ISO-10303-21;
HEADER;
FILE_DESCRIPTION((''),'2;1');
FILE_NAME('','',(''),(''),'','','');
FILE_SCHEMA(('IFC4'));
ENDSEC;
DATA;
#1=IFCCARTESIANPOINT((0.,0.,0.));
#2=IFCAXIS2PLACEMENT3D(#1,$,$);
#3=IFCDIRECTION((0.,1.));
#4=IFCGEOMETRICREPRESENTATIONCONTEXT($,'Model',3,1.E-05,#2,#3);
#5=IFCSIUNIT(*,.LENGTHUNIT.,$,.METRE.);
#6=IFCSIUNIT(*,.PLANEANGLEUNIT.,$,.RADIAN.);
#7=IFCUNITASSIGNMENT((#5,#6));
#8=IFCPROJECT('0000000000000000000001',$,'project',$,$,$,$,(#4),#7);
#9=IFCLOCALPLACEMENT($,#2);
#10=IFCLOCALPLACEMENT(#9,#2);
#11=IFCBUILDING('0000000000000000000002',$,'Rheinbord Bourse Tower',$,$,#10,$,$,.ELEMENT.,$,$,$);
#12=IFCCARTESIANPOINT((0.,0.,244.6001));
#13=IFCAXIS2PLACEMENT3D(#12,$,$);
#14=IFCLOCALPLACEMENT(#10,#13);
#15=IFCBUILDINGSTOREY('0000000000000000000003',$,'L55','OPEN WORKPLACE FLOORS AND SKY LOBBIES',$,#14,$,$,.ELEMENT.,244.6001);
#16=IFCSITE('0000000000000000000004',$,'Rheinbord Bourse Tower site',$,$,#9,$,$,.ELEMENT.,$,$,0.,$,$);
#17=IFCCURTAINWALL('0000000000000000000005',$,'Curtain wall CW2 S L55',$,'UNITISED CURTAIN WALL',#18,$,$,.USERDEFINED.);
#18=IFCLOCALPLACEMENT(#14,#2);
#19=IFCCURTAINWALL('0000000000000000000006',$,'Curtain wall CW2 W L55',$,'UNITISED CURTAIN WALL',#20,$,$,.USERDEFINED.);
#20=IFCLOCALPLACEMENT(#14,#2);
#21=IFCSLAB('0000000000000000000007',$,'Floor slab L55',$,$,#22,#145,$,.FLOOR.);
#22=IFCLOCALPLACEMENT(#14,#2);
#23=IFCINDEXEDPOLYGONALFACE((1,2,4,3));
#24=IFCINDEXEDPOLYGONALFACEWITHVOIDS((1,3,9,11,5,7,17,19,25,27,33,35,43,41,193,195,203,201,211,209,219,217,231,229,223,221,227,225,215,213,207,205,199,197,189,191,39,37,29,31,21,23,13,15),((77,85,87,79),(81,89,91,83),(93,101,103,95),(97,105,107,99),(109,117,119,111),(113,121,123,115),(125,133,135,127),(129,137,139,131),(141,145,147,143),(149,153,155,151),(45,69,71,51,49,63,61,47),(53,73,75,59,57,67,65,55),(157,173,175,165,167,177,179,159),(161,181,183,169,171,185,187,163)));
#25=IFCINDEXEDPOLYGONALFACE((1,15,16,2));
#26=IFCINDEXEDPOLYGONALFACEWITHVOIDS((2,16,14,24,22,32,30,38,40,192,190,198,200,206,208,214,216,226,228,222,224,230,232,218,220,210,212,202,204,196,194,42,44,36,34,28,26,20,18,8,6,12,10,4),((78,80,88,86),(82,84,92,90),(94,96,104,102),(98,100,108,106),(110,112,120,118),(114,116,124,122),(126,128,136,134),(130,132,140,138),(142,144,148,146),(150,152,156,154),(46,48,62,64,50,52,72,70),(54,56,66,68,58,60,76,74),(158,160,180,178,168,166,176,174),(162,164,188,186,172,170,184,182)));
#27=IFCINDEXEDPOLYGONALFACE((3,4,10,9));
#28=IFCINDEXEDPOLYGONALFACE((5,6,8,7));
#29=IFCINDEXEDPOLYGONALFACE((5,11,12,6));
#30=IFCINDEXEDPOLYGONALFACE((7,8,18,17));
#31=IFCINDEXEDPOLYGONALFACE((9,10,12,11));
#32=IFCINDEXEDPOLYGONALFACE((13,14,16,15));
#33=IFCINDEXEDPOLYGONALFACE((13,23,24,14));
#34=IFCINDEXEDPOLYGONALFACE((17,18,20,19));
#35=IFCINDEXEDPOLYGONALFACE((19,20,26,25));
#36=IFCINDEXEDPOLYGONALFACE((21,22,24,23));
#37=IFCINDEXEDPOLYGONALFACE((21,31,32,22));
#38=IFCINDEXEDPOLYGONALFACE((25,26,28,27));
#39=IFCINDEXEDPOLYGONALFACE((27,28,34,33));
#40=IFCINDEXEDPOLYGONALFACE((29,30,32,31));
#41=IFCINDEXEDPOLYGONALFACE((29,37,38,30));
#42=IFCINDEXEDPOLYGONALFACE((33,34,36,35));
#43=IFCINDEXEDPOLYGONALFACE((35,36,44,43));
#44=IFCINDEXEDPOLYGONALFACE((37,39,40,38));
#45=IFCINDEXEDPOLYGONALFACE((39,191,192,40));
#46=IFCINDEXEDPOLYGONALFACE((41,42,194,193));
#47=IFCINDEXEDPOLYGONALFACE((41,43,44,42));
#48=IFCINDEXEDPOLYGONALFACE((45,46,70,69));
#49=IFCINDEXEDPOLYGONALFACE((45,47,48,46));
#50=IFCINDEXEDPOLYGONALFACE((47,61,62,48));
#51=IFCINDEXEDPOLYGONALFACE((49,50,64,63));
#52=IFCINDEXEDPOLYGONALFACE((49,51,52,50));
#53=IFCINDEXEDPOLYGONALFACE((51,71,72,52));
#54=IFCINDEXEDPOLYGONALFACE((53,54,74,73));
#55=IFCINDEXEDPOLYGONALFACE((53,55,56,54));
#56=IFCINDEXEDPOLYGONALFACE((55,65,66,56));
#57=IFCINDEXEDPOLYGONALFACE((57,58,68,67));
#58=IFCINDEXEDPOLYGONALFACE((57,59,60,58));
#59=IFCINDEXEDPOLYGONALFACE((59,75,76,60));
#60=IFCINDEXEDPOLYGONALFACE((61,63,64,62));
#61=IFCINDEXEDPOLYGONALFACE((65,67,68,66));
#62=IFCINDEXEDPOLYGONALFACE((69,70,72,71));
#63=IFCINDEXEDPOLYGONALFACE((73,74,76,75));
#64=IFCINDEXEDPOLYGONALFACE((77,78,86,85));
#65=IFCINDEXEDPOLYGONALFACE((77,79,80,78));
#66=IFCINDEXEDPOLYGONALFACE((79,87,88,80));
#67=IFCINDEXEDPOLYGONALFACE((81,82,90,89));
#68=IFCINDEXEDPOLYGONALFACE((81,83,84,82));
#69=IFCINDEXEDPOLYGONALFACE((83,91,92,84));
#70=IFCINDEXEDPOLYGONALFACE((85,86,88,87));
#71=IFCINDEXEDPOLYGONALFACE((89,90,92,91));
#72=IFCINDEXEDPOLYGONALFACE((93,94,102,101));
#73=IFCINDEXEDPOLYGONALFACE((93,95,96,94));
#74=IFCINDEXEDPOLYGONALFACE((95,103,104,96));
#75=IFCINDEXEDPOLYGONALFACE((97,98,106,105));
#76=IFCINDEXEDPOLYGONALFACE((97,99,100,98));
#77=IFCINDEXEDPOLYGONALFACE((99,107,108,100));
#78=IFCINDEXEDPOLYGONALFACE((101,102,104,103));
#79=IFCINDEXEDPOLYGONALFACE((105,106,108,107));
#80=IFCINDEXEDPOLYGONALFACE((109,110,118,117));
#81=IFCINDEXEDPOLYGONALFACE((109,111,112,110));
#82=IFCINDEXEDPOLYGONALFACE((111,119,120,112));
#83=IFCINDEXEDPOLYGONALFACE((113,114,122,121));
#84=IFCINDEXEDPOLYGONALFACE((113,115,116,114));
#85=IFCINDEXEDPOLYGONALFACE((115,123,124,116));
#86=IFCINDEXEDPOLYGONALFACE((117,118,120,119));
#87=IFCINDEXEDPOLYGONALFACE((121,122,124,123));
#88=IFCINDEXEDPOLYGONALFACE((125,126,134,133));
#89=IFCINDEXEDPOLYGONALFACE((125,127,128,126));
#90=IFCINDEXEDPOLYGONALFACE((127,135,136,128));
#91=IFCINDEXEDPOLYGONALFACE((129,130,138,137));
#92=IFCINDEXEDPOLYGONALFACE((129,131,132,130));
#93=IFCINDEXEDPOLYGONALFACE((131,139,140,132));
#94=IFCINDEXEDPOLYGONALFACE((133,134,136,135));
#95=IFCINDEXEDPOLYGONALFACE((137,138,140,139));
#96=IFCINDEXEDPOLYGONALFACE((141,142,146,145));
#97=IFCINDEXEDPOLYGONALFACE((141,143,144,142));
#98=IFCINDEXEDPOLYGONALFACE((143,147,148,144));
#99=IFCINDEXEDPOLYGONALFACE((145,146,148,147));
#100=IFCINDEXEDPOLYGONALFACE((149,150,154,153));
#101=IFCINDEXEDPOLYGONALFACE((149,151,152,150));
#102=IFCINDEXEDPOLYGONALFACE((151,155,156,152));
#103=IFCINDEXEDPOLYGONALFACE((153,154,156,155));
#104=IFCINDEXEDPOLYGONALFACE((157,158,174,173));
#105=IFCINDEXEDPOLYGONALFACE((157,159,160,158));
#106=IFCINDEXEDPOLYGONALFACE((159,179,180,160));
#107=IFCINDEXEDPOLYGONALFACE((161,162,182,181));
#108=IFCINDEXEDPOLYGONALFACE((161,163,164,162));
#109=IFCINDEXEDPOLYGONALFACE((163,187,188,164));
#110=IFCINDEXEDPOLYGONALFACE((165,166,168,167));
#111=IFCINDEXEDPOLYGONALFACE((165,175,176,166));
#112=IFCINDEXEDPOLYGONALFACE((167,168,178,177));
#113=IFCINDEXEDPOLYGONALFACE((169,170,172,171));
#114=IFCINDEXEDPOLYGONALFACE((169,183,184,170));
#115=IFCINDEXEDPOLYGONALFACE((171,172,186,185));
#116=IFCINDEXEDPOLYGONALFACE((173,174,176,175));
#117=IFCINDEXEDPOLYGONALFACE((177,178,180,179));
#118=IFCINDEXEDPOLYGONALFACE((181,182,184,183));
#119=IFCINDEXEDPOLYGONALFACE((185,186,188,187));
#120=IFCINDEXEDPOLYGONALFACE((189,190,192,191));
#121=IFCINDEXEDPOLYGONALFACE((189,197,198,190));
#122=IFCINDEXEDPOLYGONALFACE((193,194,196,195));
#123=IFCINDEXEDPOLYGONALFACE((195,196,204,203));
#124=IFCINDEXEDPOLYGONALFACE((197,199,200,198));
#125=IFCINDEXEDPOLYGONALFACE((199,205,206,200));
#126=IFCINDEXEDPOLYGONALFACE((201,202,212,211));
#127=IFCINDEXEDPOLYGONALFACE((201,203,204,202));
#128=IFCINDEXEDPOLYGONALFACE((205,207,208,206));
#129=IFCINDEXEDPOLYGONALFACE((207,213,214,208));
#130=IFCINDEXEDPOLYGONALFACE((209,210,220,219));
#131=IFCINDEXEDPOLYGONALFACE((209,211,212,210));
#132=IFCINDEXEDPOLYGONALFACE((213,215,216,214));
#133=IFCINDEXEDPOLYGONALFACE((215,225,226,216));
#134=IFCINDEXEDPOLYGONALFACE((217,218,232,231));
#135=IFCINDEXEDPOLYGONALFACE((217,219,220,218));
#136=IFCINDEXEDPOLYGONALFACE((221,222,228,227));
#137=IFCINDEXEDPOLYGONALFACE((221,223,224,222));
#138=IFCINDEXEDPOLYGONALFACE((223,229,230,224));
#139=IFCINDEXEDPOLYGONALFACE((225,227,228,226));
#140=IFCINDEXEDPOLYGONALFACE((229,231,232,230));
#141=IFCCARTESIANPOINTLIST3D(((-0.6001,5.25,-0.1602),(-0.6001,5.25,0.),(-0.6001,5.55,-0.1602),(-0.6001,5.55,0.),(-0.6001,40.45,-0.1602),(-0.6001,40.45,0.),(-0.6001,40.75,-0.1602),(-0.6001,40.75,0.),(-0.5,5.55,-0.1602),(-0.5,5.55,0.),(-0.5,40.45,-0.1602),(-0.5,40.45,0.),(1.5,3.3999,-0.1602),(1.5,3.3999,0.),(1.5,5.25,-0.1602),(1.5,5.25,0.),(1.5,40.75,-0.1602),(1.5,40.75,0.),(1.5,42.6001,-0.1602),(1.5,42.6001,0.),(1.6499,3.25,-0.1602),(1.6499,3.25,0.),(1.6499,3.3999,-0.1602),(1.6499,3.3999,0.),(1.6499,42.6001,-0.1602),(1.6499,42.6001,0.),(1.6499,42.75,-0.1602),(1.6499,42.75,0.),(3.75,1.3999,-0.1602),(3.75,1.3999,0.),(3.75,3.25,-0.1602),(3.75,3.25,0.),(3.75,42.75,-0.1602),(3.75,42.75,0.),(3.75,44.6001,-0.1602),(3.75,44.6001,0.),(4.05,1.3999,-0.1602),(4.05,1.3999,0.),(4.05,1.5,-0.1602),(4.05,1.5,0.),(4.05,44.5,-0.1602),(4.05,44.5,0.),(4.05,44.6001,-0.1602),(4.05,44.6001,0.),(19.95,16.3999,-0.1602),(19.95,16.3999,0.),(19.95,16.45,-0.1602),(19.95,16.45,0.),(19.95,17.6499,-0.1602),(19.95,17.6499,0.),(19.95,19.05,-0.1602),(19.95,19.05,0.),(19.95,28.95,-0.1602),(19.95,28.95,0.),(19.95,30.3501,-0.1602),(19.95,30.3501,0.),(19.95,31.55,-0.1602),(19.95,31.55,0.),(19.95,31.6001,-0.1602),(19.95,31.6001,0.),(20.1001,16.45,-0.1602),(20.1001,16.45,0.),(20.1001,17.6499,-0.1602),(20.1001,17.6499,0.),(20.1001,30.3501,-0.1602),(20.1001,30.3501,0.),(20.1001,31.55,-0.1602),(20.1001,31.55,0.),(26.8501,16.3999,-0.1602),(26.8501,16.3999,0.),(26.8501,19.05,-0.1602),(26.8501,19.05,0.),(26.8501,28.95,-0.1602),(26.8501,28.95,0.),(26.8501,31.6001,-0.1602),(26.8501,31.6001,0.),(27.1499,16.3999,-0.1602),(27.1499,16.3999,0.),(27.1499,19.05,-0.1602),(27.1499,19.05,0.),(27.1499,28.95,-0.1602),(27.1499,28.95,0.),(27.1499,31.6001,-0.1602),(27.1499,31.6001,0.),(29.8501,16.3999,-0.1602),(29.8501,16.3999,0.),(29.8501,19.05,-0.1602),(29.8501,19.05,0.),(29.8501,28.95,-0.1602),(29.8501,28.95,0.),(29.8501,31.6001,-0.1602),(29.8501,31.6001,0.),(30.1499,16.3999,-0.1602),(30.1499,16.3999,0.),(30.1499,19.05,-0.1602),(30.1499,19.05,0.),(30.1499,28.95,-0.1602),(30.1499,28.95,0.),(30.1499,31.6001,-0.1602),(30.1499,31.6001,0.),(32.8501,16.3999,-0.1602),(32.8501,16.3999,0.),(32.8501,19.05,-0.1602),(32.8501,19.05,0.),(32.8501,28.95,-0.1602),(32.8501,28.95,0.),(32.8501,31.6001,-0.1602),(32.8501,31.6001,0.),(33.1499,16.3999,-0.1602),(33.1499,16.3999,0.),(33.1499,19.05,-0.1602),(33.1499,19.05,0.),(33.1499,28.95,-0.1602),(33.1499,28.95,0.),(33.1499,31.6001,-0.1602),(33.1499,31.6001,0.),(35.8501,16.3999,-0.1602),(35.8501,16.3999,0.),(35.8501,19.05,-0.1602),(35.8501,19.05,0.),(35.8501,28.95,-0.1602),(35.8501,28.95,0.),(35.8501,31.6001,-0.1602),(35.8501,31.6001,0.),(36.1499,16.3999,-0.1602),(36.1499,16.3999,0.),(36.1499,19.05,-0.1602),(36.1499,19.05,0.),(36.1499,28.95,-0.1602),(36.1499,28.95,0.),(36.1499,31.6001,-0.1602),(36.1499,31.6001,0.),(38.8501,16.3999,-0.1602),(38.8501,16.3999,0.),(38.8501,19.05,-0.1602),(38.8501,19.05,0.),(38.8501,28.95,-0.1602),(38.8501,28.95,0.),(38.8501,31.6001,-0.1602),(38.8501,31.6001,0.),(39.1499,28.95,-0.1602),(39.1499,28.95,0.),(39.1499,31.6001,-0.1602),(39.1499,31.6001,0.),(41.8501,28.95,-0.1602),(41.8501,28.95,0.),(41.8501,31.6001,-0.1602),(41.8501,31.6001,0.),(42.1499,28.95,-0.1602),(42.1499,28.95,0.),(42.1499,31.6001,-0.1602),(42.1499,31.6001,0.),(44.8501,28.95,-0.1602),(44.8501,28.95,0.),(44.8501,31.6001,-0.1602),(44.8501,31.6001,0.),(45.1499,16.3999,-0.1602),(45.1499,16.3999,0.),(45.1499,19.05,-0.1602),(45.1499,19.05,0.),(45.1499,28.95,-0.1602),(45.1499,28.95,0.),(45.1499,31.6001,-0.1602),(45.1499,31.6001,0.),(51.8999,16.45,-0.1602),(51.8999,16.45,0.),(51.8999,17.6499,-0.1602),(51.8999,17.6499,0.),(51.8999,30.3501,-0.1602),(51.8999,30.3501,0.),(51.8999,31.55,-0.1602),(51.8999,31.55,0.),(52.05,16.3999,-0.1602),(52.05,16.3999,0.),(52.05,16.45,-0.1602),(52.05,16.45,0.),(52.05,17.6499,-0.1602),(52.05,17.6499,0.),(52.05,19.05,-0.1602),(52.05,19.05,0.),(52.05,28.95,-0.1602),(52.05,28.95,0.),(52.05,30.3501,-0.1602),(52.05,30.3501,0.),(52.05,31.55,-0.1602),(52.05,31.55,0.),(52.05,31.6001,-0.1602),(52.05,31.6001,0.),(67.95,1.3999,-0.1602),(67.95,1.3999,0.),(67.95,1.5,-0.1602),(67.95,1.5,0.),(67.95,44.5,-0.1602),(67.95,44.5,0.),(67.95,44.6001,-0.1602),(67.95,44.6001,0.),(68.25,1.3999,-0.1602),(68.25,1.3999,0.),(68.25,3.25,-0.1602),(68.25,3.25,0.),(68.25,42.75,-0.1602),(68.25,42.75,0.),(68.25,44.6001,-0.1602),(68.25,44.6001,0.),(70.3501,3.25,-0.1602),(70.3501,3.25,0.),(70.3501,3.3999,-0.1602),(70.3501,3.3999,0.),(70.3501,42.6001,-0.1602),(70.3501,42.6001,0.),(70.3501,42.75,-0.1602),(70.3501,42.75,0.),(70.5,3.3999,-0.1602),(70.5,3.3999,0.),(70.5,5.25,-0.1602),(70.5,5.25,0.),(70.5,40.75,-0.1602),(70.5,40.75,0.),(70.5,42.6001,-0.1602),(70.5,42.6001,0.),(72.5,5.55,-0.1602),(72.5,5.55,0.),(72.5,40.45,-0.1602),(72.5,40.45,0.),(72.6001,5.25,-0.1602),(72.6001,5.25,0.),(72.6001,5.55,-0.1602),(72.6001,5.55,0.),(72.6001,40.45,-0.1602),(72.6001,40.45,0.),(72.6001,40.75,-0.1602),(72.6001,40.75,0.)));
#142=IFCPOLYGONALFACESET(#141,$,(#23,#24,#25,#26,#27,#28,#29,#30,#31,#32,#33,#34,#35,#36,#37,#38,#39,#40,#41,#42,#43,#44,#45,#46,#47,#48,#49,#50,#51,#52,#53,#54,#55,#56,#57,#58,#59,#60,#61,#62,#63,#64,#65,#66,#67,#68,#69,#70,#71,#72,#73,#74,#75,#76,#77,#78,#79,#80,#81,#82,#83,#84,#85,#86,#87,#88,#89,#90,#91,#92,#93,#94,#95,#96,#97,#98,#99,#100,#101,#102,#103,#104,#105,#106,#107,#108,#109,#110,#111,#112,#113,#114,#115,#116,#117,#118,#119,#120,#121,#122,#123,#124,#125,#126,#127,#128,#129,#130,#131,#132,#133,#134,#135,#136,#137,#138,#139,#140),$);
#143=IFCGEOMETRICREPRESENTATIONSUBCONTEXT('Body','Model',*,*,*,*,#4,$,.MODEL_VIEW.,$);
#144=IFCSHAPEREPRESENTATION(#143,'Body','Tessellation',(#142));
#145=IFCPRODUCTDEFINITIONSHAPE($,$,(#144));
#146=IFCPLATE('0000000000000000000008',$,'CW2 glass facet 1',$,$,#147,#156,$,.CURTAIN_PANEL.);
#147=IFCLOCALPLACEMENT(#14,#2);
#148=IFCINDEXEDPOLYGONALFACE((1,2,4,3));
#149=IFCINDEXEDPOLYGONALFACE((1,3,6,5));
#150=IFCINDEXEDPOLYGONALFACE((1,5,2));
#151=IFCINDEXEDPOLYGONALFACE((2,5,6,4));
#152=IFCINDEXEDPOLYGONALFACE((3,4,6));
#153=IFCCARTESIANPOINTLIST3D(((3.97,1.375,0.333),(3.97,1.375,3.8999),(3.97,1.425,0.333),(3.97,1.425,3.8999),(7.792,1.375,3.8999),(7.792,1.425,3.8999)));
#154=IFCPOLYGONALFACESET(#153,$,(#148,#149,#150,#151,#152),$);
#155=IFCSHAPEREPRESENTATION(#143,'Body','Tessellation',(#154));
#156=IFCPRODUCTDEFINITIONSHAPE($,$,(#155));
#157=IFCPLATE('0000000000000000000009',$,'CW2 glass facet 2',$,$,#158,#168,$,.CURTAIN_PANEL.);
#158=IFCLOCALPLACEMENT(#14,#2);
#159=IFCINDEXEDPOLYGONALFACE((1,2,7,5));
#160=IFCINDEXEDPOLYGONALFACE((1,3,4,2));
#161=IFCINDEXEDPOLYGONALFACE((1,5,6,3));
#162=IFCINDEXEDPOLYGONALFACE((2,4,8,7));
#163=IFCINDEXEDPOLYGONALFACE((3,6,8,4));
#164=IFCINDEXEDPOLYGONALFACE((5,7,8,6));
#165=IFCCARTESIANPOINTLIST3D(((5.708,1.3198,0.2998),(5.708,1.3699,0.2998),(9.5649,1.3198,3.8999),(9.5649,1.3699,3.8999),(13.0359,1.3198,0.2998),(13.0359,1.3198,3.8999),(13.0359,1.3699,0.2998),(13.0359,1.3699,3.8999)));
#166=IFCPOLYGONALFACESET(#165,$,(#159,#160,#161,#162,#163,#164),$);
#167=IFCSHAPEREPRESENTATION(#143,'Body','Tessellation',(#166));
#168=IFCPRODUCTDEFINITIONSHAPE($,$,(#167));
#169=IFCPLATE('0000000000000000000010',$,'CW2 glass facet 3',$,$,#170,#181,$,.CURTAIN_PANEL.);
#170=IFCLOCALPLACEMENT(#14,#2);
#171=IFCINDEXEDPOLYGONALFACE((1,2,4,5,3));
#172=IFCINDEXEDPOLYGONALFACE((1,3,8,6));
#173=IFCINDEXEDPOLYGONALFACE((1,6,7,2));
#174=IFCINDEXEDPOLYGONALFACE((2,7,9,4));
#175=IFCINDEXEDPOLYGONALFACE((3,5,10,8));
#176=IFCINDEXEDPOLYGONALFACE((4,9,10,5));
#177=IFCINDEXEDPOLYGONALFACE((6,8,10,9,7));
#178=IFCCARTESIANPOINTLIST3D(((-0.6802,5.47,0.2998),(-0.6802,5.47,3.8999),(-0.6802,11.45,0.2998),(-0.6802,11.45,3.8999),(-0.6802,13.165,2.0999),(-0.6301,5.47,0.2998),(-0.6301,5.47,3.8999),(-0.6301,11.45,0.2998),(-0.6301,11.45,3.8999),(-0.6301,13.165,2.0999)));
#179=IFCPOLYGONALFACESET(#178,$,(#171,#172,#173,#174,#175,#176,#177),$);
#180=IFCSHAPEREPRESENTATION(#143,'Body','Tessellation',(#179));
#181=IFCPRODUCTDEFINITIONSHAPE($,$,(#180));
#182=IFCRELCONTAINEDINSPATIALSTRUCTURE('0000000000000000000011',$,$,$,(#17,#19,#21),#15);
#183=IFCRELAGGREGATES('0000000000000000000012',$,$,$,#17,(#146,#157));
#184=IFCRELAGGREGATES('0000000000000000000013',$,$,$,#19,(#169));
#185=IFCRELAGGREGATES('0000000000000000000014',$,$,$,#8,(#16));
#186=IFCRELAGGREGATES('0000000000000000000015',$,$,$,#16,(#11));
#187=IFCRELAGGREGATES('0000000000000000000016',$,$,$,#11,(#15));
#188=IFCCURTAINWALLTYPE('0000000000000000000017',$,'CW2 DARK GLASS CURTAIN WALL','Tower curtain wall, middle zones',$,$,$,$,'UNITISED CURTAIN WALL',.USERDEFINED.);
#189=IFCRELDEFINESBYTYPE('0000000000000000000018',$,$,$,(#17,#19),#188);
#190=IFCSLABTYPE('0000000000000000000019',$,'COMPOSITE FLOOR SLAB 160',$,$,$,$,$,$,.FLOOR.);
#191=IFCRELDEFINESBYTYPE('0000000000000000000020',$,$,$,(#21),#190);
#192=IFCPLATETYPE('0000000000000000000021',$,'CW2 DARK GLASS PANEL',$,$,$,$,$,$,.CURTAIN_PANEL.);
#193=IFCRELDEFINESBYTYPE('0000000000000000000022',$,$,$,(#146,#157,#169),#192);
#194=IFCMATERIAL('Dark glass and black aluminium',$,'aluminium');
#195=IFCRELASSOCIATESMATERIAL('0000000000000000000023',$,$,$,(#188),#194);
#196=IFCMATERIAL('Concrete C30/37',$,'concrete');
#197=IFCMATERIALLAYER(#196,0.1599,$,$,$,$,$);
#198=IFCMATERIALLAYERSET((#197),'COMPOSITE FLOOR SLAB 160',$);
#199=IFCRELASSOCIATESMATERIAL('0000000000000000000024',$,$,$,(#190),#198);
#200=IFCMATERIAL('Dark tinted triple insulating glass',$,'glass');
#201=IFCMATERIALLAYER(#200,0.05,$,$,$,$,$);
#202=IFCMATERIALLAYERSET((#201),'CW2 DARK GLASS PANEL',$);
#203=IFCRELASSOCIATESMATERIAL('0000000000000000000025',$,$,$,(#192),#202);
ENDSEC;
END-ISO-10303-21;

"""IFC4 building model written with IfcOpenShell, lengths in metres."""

from ifc_helpers import new_model, si_unit, direction, frame, origin, place, context, subcontext, project, spatial, polyline, outline, extrude, material, layer, layer_set, type_object, element, aggregate, save


model = new_model("IFC4")

# Units and contexts
model_context = context("Model", 3, precision=1e-05, world=origin(), true_north=direction((0.0, 1.0)))
body_context = subcontext(model_context, "Body", "Model", "MODEL_VIEW")
ifc_project = project(units=[si_unit("LENGTHUNIT", "METRE"), si_unit("PLANEANGLEUNIT", "RADIAN")], contexts=[model_context])

# Site, building, storey
site_placement = place(None, origin())
site = spatial("IfcSite", under=ifc_project, at=site_placement, Name="Rheinbord Bourse Tower site", CompositionType="ELEMENT", RefElevation=0.0)
building_placement = place(site_placement, origin())
building = spatial("IfcBuilding", under=site, at=building_placement, Name="Rheinbord Bourse Tower", CompositionType="ELEMENT")
storey_placement = place(building_placement, frame((0.0, 0.0, 244.6001)))
storey = spatial("IfcBuildingStorey", under=building, at=storey_placement, Name="L55", Description="OPEN WORKPLACE FLOORS AND SKY LOBBIES", CompositionType="ELEMENT", Elevation=244.6001)

# Curtain wall
ifc_material_1 = material(Name="Dark glass and black aluminium", Category="aluminium")
curtain_wall_type = type_object("IfcCurtainWallType", Name="CW2 DARK GLASS CURTAIN WALL", Description="Tower curtain wall, middle zones", ElementType="UNITISED CURTAIN WALL", PredefinedType="USERDEFINED", material=ifc_material_1)
curtain_wall_1_placement = place(storey_placement, origin())
curtain_wall_1 = element("IfcCurtainWall", 1, at=curtain_wall_1_placement, inside=storey, type_object=curtain_wall_type, Name="Curtain wall CW2 S L55", ObjectType="UNITISED CURTAIN WALL", PredefinedType="USERDEFINED")

# Curtain wall
curtain_wall_2_placement = place(storey_placement, origin())
curtain_wall_2 = element("IfcCurtainWall", 2, at=curtain_wall_2_placement, inside=storey, type_object=curtain_wall_type, Name="Curtain wall CW2 W L55", ObjectType="UNITISED CURTAIN WALL", PredefinedType="USERDEFINED")

# Slab
ifc_material_2 = material(Name="Concrete C30/37", Category="concrete")
ifc_layer_1 = layer(ifc_material_2, 0.1599)
ifc_layer_set_1 = layer_set([ifc_layer_1], Name="COMPOSITE FLOOR SLAB 160")
slab_type_1 = type_object("IfcSlabType", Name="COMPOSITE FLOOR SLAB 160", PredefinedType="FLOOR", material=ifc_layer_set_1)
slab_1_placement = place(storey_placement, frame((0.0, 0.0, -0.1602)))
element("IfcSlab", 3, at=slab_1_placement, inside=storey, type_object=slab_type_1, Name="Floor slab L55", PredefinedType="FLOOR", context=body_context, shape_type="SweptSolid", body=[
    extrude(outline(polyline([(1.6499, 3.3999), (1.5, 3.3999), (1.5, 5.25), (-0.6001, 5.25), (-0.6001, 5.55), (-0.5, 5.55), (-0.5, 40.45), (-0.6001, 40.45), (-0.6001, 40.75), (1.5, 40.75), (1.5, 42.6001), (1.6499, 42.6001), (1.6499, 42.75), (3.75, 42.75), (3.75, 44.6001), (4.05, 44.6001), (4.05, 44.5), (67.95, 44.5), (67.95, 44.6001), (68.25, 44.6001), (68.25, 42.75), (70.3501, 42.75), (70.3501, 42.6001), (70.5, 42.6001), (70.5, 40.75), (72.6001, 40.75), (72.6001, 40.45), (72.5, 40.45), (72.5, 5.55), (72.6001, 5.55), (72.6001, 5.25), (70.5, 5.25), (70.5, 3.3999), (70.3501, 3.3999), (70.3501, 3.25), (68.25, 3.25), (68.25, 1.3999), (67.95, 1.3999), (67.95, 1.5), (4.05, 1.5), (4.05, 1.3999), (3.75, 1.3999), (3.75, 3.25), (1.6499, 3.25), (1.6499, 3.3999)]), holes=[polyline([(19.95, 19.05), (26.8501, 19.05), (26.8501, 16.3999), (19.95, 16.3999), (19.95, 16.45), (20.1001, 16.45), (20.1001, 17.6499), (19.95, 17.6499), (19.95, 19.05)]), polyline([(19.95, 31.6001), (26.8501, 31.6001), (26.8501, 28.95), (19.95, 28.95), (19.95, 30.3501), (20.1001, 30.3501), (20.1001, 31.55), (19.95, 31.55), (19.95, 31.6001)]), polyline([(52.05, 16.3999), (45.1499, 16.3999), (45.1499, 19.05), (52.05, 19.05), (52.05, 17.6499), (51.8999, 17.6499), (51.8999, 16.45), (52.05, 16.45), (52.05, 16.3999)]), polyline([(52.05, 28.95), (45.1499, 28.95), (45.1499, 31.6001), (52.05, 31.6001), (52.05, 31.55), (51.8999, 31.55), (51.8999, 30.3501), (52.05, 30.3501), (52.05, 28.95)]), polyline([(27.1499, 16.3999), (27.1499, 19.05), (29.8501, 19.05), (29.8501, 16.3999), (27.1499, 16.3999)]), polyline([(27.1499, 28.95), (27.1499, 31.6001), (29.8501, 31.6001), (29.8501, 28.95), (27.1499, 28.95)]), polyline([(30.1499, 16.3999), (30.1499, 19.05), (32.8501, 19.05), (32.8501, 16.3999), (30.1499, 16.3999)]), polyline([(30.1499, 28.95), (30.1499, 31.6001), (32.8501, 31.6001), (32.8501, 28.95), (30.1499, 28.95)]), polyline([(33.1499, 16.3999), (33.1499, 19.05), (35.8501, 19.05), (35.8501, 16.3999), (33.1499, 16.3999)]), polyline([(33.1499, 28.95), (33.1499, 31.6001), (35.8501, 31.6001), (35.8501, 28.95), (33.1499, 28.95)]), polyline([(36.1499, 16.3999), (36.1499, 19.05), (38.8501, 19.05), (38.8501, 16.3999), (36.1499, 16.3999)]), polyline([(36.1499, 28.95), (36.1499, 31.6001), (38.8501, 31.6001), (38.8501, 28.95), (36.1499, 28.95)]), polyline([(39.1499, 28.95), (39.1499, 31.6001), (41.8501, 31.6001), (41.8501, 28.95), (39.1499, 28.95)]), polyline([(42.1499, 28.95), (42.1499, 31.6001), (44.8501, 31.6001), (44.8501, 28.95), (42.1499, 28.95)])]), origin(), (0.0, 0.0, 1.0), 0.1602),
])

# Plates
ifc_material_3 = material(Name="Dark tinted triple insulating glass", Category="glass")
ifc_layer_2 = layer(ifc_material_3, 0.05)
ifc_layer_set_2 = layer_set([ifc_layer_2], Name="CW2 DARK GLASS PANEL")
plate_type = type_object("IfcPlateType", Name="CW2 DARK GLASS PANEL", PredefinedType="CURTAIN_PANEL", material=ifc_layer_set_2)
plate_1_placement = place(storey_placement, frame((3.97, 1.375, 3.8999), z_axis=(0.0, 1.0, 0.0), x_axis=(1.0, 0.0, 0.0)))
plate_1 = element("IfcPlate", 4, at=plate_1_placement, type_object=plate_type, Name="CW2 glass facet 1", PredefinedType="CURTAIN_PANEL", context=body_context, shape_type="SweptSolid", body=[
    extrude(outline(polyline([(0.0, 0.0), (3.822, 0.0), (0.0, 3.5669), (0.0, 0.0)])), origin(), (0.0, 0.0, 1.0), 0.05),
])
plate_2_placement = place(storey_placement, frame((13.0359, 1.3198, 3.8999), z_axis=(0.0, 1.0, 0.0), x_axis=(0.0, 0.0, -1.0)))
plate_2 = element("IfcPlate", 5, at=plate_2_placement, type_object=plate_type, Name="CW2 glass facet 2", PredefinedType="CURTAIN_PANEL", context=body_context, shape_type="SweptSolid", body=[
    extrude(outline(polyline([(0.0, 0.0), (3.6001, 0.0), (3.6001, 7.3279), (0.0, 3.4709), (0.0, 0.0)])), origin(), (0.0, 0.0, 1.0), 0.05),
])
aggregate(curtain_wall_1, [plate_1, plate_2])
plate_3_placement = place(storey_placement, frame((-0.6802, 5.47, 3.8999), z_axis=(1.0, 0.0, 0.0), x_axis=(0.0, 0.0, -1.0)))
plate_3 = element("IfcPlate", 6, at=plate_3_placement, type_object=plate_type, Name="CW2 glass facet 3", PredefinedType="CURTAIN_PANEL", context=body_context, shape_type="SweptSolid", body=[
    extrude(outline(polyline([(0.0, 0.0), (3.6001, 0.0), (3.6001, 5.98), (1.8, 7.6951), (0.0, 5.98), (0.0, 0.0)])), origin(), (0.0, 0.0, 1.0), 0.05),
])
aggregate(curtain_wall_2, [plate_3])

save(model, "model.ifc")
